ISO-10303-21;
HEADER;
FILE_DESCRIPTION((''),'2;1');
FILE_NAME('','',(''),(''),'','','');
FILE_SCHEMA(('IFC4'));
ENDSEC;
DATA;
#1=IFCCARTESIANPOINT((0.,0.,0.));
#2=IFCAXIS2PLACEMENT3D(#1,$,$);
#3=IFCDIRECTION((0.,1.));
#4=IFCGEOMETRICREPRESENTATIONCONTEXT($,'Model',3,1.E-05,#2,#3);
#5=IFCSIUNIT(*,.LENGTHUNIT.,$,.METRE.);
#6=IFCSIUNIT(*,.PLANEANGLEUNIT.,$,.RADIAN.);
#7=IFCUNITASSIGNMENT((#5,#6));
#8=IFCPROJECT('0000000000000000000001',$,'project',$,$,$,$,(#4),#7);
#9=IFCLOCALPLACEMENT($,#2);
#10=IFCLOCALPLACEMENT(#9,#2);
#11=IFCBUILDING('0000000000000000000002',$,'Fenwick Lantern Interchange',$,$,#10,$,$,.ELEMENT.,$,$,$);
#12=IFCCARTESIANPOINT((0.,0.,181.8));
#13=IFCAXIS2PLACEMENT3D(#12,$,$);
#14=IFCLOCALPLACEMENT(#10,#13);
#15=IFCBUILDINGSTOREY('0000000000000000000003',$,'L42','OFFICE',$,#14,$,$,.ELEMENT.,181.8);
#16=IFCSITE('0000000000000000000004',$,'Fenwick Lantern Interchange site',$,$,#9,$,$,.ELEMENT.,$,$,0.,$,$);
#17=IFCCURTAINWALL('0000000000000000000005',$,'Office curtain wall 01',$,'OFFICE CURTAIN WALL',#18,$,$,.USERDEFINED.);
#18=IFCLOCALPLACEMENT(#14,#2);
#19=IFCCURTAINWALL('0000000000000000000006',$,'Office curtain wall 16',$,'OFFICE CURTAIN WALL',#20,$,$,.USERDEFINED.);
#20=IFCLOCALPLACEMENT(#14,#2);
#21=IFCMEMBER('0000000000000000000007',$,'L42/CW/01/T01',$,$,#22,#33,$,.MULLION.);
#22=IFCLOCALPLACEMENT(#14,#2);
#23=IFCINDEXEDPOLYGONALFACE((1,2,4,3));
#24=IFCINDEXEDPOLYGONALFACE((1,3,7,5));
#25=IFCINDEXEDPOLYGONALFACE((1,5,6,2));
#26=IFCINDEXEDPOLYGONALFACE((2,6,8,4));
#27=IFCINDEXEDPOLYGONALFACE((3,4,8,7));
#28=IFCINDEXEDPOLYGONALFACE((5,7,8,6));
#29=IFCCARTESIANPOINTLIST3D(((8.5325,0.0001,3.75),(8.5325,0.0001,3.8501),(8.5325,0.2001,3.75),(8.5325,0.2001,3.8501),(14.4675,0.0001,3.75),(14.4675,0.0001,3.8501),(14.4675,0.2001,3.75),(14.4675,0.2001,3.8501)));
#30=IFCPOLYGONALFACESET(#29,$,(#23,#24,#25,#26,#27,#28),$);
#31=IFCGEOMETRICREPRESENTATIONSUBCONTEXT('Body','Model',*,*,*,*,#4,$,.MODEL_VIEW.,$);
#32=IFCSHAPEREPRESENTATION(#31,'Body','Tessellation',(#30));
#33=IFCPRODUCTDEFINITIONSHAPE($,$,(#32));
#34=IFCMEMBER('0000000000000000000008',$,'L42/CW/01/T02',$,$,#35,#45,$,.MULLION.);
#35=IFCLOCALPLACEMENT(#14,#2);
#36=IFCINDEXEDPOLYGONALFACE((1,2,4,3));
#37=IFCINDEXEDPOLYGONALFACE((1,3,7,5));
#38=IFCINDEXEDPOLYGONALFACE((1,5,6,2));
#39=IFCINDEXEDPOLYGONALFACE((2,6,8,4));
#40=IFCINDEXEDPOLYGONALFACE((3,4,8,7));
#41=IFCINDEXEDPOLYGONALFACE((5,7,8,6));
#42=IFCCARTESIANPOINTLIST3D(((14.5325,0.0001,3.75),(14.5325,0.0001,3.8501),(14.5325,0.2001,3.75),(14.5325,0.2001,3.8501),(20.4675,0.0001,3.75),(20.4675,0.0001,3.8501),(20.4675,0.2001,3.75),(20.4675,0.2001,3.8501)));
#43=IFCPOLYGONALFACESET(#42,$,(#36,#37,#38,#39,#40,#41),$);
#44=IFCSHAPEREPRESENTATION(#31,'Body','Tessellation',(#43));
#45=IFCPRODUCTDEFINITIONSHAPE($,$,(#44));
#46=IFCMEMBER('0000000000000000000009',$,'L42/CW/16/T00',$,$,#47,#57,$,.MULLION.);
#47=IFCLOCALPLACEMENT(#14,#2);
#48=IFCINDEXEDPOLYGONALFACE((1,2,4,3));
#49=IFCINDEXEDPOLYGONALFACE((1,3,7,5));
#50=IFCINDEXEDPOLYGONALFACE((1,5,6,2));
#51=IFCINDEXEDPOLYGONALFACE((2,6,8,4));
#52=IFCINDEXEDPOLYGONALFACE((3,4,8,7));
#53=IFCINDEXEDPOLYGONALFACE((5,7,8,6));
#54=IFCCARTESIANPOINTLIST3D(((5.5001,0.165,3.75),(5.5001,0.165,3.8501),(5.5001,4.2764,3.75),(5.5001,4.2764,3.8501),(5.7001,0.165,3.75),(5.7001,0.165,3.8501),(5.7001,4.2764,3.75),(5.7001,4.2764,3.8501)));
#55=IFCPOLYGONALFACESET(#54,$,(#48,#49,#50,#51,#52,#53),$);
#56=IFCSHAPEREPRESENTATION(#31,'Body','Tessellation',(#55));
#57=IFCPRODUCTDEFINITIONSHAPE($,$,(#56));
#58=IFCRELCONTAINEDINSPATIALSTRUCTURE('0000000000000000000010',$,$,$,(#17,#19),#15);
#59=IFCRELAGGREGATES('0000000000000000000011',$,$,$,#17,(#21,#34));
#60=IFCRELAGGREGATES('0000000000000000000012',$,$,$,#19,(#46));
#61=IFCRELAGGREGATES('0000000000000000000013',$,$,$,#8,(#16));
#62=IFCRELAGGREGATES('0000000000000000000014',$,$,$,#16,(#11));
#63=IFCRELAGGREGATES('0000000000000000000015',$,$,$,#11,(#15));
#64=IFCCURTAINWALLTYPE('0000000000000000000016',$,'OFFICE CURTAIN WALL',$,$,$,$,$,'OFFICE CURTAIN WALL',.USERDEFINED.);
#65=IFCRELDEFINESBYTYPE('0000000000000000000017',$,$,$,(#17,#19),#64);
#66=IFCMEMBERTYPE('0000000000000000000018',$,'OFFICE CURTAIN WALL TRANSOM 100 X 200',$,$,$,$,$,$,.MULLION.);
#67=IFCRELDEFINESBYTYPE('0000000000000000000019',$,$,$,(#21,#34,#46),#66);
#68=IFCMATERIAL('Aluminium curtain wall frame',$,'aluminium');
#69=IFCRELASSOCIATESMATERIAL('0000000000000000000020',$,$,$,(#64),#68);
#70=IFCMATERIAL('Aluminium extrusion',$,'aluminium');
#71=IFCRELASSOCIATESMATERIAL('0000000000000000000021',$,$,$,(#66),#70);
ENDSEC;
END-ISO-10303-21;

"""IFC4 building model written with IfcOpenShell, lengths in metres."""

from ifc_helpers import new_model, si_unit, direction, frame, origin, origin_2d, place, context, subcontext, project, spatial, rectangle, extrude, material, material_profile, profile_set, type_object, element, aggregate, save


model = new_model("IFC4")

# Units and contexts
model_context = context("Model", 3, precision=1e-05, world=origin(), true_north=direction((0.0, 1.0)))
body_context = subcontext(model_context, "Body", "Model", "MODEL_VIEW")
ifc_project = project(units=[si_unit("LENGTHUNIT", "METRE"), si_unit("PLANEANGLEUNIT", "RADIAN")], contexts=[model_context])

# Site, building, storey
site_placement = place(None, origin())
site = spatial("IfcSite", under=ifc_project, at=site_placement, Name="Fenwick Lantern Interchange site", CompositionType="ELEMENT", RefElevation=0.0)
building_placement = place(site_placement, origin())
building = spatial("IfcBuilding", under=site, at=building_placement, Name="Fenwick Lantern Interchange", CompositionType="ELEMENT")
storey_placement = place(building_placement, frame((0.0, 0.0, 181.8)))
storey = spatial("IfcBuildingStorey", under=building, at=storey_placement, Name="L42", Description="OFFICE", CompositionType="ELEMENT", Elevation=181.8)

# Curtain walls
ifc_material_1 = material(Name="Aluminium curtain wall frame", Category="aluminium")
curtain_wall_type = type_object("IfcCurtainWallType", Name="OFFICE CURTAIN WALL", ElementType="OFFICE CURTAIN WALL", PredefinedType="USERDEFINED", material=ifc_material_1)
curtain_wall_1_placement = place(storey_placement, origin())
curtain_wall_1 = element("IfcCurtainWall", 1, at=curtain_wall_1_placement, inside=storey, type_object=curtain_wall_type, Name="Office curtain wall 01", ObjectType="OFFICE CURTAIN WALL", PredefinedType="USERDEFINED")
ifc_material_2 = material(Name="Aluminium extrusion", Category="aluminium")
curtain_wall_2_placement = place(storey_placement, origin())
curtain_wall_2 = element("IfcCurtainWall", 2, at=curtain_wall_2_placement, inside=storey, type_object=curtain_wall_type, Name="Office curtain wall 16", ObjectType="OFFICE CURTAIN WALL", PredefinedType="USERDEFINED")

# Members
ifc_material_profile_1 = material_profile(ifc_material_2, rectangle(XDim=0.2, YDim=0.1001, at=origin_2d()), Name="OFFICE CURTAIN WALL TRANSOM 100 X 200")
ifc_profile_set_1 = profile_set([ifc_material_profile_1], Name="Aluminium extrusion")
member_type_1 = type_object("IfcMemberType", Name="OFFICE CURTAIN WALL TRANSOM 100 X 200", PredefinedType="MULLION", material=ifc_profile_set_1)
member_1_placement = place(storey_placement, frame((8.5325, 0.1001, 3.8), z_axis=(1.0, 0.0, 0.0), x_axis=(0.0, 1.0, 0.0)))
member_1 = element("IfcMember", 3, at=member_1_placement, type_object=member_type_1, Name="L42/CW/01/T01", PredefinedType="MULLION", context=body_context, shape_type="SweptSolid", body=[
    extrude(rectangle(XDim=0.2, YDim=0.1001, at=origin_2d()), origin(), (0.0, 0.0, 1.0), 5.9351),
])
member_2_placement = place(storey_placement, frame((14.5325, 0.1001, 3.8), z_axis=(1.0, 0.0, 0.0), x_axis=(0.0, 1.0, 0.0)))
member_2 = element("IfcMember", 4, at=member_2_placement, type_object=member_type_1, Name="L42/CW/01/T02", PredefinedType="MULLION", context=body_context, shape_type="SweptSolid", body=[
    extrude(rectangle(XDim=0.2, YDim=0.1001, at=origin_2d()), origin(), (0.0, 0.0, 1.0), 5.9351),
])
member_3_placement = place(storey_placement, frame((5.6001, 4.2764, 3.8), z_axis=(0.0, -1.0, 0.0), x_axis=(1.0, 0.0, 0.0)))
member_3 = element("IfcMember", 5, at=member_3_placement, type_object=member_type_1, Name="L42/CW/16/T00", PredefinedType="MULLION", context=body_context, shape_type="SweptSolid", body=[
    extrude(rectangle(XDim=0.2, YDim=0.1001, at=origin_2d()), origin(), (0.0, 0.0, 1.0), 4.1113),
])

aggregate(curtain_wall_1, [member_1, member_2])
aggregate(curtain_wall_2, [member_3])

save(model, "model.ifc")
